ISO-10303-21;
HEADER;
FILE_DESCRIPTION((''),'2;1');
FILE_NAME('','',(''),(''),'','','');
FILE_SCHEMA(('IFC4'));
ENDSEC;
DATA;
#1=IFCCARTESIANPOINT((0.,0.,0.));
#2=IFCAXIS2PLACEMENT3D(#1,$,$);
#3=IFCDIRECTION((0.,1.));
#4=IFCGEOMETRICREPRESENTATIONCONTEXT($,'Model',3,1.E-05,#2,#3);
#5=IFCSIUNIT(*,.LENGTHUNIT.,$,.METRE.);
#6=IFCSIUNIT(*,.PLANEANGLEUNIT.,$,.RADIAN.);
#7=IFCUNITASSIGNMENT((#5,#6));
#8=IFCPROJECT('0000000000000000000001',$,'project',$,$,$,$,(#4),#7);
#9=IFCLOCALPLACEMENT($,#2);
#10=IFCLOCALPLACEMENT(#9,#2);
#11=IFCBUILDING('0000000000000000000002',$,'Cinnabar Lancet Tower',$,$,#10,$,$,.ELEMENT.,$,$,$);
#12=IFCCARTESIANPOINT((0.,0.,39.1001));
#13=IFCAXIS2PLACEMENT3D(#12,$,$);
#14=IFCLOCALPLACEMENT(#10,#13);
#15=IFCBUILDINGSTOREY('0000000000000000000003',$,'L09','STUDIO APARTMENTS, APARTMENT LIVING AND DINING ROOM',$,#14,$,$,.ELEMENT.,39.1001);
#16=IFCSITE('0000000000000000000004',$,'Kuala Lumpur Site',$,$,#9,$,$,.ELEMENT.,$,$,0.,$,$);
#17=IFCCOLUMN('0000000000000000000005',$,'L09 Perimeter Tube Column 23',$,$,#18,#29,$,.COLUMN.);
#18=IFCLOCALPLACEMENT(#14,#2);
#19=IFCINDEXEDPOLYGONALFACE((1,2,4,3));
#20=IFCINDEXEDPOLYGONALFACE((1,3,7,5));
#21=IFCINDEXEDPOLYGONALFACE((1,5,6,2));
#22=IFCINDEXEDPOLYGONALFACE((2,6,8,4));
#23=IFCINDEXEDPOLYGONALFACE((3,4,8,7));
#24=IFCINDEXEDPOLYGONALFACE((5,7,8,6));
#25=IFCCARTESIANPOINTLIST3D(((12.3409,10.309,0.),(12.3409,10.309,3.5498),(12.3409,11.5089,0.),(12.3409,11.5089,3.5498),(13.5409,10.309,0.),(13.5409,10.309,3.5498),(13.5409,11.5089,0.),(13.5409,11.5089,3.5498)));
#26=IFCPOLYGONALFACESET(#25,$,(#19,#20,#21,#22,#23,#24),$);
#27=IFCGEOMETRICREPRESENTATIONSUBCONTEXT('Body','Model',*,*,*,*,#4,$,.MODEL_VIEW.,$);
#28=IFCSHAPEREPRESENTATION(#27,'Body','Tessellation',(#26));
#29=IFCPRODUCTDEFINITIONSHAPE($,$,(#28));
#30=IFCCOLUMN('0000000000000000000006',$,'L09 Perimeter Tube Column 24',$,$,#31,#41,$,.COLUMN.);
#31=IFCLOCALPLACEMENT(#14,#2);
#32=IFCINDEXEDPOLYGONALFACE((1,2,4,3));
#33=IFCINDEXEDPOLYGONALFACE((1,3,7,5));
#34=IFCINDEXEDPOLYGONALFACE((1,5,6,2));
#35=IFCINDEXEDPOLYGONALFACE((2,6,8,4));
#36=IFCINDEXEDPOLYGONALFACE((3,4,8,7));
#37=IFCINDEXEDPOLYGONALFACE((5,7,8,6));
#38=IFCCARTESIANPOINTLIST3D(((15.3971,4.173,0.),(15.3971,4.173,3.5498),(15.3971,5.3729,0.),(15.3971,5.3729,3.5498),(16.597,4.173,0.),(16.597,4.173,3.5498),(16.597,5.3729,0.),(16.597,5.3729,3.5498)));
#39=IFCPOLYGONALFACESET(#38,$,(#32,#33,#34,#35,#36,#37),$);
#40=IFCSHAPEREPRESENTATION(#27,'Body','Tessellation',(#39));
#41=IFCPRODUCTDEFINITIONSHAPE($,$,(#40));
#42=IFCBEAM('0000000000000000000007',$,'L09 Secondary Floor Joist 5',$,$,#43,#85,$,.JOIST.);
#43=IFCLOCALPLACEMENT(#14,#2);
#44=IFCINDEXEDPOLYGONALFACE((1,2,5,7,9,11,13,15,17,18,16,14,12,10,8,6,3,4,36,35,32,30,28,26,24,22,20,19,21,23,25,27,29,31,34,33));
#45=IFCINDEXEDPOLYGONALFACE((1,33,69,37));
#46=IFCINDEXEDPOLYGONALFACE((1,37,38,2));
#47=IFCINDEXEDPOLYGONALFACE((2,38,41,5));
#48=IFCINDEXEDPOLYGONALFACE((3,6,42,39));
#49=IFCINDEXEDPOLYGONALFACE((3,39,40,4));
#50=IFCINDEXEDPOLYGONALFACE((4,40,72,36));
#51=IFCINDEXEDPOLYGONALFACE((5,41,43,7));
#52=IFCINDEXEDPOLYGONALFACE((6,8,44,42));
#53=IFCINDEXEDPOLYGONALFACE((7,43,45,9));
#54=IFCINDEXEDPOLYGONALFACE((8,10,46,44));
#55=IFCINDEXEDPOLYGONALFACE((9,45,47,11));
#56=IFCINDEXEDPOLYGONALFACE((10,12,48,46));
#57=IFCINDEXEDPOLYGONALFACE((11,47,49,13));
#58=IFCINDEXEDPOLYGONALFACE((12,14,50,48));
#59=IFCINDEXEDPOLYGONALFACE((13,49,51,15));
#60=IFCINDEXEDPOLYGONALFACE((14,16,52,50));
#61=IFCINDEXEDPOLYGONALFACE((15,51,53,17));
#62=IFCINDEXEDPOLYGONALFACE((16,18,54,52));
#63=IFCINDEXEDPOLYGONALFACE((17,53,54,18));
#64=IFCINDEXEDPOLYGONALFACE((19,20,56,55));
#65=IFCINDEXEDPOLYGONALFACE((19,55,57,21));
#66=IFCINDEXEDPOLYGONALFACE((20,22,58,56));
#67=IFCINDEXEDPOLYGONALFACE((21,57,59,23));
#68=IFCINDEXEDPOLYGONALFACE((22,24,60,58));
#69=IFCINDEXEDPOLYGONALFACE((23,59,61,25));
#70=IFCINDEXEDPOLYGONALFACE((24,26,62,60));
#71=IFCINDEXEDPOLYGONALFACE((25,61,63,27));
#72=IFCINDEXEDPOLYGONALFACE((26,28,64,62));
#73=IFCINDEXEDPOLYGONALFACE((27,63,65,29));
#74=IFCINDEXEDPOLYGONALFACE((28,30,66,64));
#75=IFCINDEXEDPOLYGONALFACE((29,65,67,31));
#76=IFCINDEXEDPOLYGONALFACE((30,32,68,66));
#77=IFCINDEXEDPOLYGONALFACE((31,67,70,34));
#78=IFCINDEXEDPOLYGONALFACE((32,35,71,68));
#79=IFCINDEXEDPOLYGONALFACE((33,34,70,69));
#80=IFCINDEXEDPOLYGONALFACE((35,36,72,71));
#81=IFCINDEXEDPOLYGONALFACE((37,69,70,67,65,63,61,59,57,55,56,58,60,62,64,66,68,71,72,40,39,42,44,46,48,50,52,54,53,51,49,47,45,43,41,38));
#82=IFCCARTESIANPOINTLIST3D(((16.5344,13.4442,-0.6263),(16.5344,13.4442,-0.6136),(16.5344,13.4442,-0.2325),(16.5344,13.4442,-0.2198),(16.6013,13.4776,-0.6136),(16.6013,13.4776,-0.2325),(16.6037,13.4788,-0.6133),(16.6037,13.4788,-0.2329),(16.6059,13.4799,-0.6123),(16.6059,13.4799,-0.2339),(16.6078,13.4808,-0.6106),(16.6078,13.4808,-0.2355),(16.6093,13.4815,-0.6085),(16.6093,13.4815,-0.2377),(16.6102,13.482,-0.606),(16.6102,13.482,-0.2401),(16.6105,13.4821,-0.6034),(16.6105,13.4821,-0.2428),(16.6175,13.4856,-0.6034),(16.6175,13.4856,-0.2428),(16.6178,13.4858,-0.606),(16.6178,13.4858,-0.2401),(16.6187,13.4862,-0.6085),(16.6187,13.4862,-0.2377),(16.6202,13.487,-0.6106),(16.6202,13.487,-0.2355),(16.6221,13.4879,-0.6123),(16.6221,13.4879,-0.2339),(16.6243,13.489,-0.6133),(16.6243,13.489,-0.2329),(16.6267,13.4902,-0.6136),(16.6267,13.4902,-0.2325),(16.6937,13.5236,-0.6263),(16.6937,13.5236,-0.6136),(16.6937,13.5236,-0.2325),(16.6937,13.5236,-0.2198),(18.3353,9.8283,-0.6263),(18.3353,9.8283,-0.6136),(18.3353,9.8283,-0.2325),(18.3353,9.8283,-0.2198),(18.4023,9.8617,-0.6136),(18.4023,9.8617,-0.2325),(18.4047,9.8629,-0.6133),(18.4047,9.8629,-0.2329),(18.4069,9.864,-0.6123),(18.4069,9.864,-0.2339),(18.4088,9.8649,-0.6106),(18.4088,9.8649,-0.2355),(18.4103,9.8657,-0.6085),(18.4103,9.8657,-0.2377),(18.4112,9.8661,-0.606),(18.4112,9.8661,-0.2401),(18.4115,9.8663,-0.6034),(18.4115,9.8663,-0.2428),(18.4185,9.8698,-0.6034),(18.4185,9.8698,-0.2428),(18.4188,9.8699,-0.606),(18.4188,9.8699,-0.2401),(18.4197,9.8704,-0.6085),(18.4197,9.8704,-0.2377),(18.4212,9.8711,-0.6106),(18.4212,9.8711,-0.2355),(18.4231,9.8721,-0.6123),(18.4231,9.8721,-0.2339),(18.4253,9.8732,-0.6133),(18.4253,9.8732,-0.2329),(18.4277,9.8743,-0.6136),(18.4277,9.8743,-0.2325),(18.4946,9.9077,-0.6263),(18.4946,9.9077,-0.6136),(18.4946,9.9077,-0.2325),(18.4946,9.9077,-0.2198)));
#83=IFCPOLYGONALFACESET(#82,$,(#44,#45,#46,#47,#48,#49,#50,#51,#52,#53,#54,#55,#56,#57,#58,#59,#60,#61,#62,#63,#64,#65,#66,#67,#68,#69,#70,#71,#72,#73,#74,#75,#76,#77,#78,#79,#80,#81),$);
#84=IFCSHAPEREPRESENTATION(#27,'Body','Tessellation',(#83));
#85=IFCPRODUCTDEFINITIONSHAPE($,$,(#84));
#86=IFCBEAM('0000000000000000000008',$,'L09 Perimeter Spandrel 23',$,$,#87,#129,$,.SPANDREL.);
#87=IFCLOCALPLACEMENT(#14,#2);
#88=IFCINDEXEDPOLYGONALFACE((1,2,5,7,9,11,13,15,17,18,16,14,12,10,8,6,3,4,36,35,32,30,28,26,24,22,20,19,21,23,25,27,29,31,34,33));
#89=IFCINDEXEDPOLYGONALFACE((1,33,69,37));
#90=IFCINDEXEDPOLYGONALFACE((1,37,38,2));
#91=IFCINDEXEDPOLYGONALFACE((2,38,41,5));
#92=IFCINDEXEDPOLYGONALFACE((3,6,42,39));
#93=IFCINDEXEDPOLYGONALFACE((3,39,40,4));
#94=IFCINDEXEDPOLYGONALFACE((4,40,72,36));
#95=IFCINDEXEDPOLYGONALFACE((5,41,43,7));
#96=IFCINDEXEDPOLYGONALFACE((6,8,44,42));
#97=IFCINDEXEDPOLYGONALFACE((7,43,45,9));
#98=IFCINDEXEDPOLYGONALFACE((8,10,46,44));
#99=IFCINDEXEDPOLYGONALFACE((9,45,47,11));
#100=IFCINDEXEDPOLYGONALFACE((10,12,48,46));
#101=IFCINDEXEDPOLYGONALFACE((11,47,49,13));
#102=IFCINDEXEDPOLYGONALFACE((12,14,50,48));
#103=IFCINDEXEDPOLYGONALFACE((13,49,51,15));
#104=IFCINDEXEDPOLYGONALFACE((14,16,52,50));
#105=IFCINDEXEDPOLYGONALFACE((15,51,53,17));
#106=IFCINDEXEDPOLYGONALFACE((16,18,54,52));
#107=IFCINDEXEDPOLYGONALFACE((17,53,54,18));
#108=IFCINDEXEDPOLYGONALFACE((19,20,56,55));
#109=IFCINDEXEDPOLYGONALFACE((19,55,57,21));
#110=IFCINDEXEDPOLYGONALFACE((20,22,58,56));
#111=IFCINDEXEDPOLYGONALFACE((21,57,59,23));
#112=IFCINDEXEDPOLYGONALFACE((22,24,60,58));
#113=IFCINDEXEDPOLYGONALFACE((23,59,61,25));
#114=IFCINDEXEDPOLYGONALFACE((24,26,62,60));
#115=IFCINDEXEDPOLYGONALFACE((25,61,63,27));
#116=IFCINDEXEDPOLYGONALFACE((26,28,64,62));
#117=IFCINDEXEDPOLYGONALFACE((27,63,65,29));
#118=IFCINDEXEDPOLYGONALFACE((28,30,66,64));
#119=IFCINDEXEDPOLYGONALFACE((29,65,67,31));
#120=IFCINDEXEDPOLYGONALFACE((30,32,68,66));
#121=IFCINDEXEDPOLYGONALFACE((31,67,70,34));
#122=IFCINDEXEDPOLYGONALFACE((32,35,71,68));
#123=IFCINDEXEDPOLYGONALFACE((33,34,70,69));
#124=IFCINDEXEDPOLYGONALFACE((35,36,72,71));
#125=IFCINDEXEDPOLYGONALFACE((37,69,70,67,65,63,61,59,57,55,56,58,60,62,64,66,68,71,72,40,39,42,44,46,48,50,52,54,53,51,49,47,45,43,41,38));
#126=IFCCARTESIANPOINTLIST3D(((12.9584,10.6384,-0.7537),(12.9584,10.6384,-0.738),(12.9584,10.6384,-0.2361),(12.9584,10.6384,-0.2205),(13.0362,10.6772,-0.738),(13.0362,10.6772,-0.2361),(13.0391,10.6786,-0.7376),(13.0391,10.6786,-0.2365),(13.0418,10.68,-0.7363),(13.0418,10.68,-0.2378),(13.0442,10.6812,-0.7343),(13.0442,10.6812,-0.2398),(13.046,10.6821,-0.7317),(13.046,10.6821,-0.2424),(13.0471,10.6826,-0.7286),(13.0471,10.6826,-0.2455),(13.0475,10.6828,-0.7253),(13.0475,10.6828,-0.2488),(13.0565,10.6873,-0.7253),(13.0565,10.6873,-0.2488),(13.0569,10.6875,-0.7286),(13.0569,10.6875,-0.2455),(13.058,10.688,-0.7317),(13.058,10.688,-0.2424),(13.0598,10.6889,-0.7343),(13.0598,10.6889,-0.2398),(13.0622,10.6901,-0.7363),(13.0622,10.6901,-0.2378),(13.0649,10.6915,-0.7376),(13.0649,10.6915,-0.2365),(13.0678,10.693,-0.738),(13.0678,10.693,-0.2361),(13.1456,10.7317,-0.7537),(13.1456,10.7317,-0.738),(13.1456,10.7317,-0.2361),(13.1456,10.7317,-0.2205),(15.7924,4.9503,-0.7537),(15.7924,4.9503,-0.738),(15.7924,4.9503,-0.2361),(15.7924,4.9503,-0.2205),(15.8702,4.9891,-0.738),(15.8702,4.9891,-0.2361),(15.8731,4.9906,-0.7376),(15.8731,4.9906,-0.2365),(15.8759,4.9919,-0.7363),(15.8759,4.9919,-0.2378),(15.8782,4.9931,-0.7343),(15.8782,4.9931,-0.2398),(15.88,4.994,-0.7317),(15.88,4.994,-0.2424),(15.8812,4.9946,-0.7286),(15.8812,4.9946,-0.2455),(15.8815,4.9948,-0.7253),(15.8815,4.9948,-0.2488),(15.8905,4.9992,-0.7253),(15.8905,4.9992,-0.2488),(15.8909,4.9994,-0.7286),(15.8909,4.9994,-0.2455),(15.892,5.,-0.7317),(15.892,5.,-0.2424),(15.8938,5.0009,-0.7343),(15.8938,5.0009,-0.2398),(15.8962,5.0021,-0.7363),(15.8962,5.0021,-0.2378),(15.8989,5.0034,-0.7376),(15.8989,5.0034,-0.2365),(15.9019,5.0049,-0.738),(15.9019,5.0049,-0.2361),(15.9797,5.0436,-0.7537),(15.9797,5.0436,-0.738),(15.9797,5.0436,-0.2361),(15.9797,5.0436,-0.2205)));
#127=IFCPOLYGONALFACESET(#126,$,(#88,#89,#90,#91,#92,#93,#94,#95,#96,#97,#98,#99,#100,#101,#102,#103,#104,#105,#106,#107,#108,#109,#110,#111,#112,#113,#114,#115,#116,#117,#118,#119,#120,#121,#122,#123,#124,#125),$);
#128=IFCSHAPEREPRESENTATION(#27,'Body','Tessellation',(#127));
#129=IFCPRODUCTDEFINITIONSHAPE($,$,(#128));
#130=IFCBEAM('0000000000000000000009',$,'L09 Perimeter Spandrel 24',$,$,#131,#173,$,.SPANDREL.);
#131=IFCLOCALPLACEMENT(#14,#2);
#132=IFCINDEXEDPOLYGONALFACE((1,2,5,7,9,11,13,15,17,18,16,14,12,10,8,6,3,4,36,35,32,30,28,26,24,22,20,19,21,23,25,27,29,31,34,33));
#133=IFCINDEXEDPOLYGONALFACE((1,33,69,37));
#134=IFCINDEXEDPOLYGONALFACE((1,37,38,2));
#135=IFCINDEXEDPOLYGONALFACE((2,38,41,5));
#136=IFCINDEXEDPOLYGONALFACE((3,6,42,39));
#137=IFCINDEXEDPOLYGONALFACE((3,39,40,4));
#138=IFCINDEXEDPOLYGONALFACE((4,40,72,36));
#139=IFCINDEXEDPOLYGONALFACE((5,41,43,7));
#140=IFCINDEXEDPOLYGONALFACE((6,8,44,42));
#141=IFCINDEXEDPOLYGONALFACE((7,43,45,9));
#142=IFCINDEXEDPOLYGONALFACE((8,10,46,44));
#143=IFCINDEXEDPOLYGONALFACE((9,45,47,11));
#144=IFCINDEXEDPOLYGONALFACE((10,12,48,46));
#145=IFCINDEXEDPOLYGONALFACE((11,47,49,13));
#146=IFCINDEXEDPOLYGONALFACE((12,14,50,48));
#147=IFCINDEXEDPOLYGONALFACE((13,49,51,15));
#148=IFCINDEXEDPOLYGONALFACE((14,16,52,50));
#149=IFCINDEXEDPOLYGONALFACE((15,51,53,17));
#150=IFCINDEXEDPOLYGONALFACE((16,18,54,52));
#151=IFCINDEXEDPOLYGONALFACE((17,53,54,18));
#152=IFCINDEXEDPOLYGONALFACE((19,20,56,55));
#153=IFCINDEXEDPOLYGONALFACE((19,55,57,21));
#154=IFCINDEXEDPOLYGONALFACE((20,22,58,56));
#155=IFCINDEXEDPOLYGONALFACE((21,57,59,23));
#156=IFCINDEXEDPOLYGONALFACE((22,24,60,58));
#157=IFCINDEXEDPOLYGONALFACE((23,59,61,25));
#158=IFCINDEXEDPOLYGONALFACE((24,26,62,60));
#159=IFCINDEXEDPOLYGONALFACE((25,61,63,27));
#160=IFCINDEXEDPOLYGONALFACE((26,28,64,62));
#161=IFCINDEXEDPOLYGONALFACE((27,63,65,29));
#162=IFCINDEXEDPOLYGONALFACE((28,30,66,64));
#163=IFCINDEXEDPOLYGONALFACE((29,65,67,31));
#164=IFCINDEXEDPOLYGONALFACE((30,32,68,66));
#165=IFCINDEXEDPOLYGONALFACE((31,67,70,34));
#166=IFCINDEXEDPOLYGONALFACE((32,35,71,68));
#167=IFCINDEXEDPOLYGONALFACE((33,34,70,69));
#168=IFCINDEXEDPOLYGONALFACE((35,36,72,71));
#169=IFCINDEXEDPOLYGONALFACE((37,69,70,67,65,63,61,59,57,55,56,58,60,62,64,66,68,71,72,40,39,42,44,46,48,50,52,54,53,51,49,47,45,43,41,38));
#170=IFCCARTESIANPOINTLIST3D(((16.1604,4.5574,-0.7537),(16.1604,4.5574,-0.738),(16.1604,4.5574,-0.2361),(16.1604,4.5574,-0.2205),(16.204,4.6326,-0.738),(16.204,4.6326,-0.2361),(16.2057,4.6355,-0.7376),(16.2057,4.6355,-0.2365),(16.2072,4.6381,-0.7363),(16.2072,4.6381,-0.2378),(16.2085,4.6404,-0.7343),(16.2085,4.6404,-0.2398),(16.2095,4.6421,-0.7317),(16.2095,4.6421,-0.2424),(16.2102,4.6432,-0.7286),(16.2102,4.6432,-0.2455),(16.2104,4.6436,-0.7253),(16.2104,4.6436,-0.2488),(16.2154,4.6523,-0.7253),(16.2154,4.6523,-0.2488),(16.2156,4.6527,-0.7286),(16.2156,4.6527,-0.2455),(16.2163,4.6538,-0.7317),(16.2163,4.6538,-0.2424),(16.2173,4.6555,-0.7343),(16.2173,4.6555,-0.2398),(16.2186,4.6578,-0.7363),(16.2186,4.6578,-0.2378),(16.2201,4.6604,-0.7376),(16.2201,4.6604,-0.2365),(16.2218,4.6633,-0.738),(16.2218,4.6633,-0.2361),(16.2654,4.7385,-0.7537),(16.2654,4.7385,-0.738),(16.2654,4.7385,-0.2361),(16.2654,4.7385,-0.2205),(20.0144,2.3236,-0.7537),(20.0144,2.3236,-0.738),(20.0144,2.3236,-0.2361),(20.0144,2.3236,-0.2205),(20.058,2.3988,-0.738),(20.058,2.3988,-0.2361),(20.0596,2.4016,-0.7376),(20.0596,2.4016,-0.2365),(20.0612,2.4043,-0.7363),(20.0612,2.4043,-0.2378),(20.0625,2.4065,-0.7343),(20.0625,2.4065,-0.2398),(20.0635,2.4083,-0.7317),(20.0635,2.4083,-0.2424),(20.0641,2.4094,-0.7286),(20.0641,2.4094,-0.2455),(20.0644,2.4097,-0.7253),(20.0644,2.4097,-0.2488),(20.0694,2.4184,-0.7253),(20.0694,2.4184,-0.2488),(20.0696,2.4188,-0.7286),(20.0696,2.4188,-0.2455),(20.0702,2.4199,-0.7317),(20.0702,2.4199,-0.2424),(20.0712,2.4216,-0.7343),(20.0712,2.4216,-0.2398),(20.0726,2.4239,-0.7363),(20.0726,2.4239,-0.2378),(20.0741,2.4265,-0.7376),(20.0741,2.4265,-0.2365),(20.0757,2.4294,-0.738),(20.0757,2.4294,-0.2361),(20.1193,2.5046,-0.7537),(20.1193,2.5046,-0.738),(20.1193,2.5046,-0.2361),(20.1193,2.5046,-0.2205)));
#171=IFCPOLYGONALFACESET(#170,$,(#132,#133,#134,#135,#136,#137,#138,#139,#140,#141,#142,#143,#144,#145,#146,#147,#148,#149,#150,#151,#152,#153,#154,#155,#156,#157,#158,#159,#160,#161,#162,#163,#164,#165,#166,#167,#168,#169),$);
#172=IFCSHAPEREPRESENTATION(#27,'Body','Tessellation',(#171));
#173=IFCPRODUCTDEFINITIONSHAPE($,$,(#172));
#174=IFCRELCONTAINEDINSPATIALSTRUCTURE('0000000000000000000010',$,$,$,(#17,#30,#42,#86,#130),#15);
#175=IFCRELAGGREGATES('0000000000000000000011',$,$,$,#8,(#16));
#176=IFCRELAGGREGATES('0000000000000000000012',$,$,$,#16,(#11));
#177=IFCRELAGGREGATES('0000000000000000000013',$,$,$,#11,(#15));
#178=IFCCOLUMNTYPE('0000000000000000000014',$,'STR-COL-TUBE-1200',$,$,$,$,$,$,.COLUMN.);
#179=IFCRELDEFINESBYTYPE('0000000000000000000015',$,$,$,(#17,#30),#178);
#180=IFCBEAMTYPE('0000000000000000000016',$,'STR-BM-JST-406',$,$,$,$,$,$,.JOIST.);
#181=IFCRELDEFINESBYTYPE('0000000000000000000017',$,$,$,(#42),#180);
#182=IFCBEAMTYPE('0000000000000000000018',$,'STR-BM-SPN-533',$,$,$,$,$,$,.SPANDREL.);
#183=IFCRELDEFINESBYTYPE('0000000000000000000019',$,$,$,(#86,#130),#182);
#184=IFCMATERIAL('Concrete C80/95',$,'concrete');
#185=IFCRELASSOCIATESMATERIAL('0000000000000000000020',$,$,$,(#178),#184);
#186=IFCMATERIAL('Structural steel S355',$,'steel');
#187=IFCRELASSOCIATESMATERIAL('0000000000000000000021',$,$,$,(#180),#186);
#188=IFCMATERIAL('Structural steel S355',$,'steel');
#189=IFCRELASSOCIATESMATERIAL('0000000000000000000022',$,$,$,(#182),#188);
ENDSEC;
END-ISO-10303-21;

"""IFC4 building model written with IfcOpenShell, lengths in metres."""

from ifc_helpers import new_model, si_unit, direction, frame, origin, origin_2d, place, context, subcontext, project, spatial, rectangle, i_section, extrude, material, material_profile, profile_set, type_object, element, save


model = new_model("IFC4")

# Units and contexts
model_context = context("Model", 3, precision=1e-05, world=origin(), true_north=direction((0.0, 1.0)))
body_context = subcontext(model_context, "Body", "Model", "MODEL_VIEW")
ifc_project = project(units=[si_unit("LENGTHUNIT", "METRE"), si_unit("PLANEANGLEUNIT", "RADIAN")], contexts=[model_context])

# Site, building, storey
site_placement = place(None, origin())
site = spatial("IfcSite", under=ifc_project, at=site_placement, Name="Kuala Lumpur Site", CompositionType="ELEMENT", RefElevation=0.0)
building_placement = place(site_placement, origin())
building = spatial("IfcBuilding", under=site, at=building_placement, Name="Cinnabar Lancet Tower", CompositionType="ELEMENT")
storey_placement = place(building_placement, frame((0.0, 0.0, 39.1001)))
storey = spatial("IfcBuildingStorey", under=building, at=storey_placement, Name="L09", Description="STUDIO APARTMENTS, APARTMENT LIVING AND DINING ROOM", CompositionType="ELEMENT", Elevation=39.1001)

# Columns
ifc_material_1 = material(Name="Concrete C80/95", Category="concrete")
ifc_material_profile_1 = material_profile(ifc_material_1, rectangle(XDim=1.2, YDim=1.2, at=origin_2d()), Name="RC-COL 1200x1200")
ifc_profile_set_1 = profile_set([ifc_material_profile_1], Name="Concrete C80/95")
column_type = type_object("IfcColumnType", Name="STR-COL-TUBE-1200", PredefinedType="COLUMN", material=ifc_profile_set_1)
for number, where, z_axis, x_axis, name in (
    (1, (12.9409, 10.9089, 0.0), (0.0, 0.0, 1.0), (1.0, 0.0, 0.0), "L09 Perimeter Tube Column 23"),
    (2, (15.9971, 4.7729, 0.0), (0.0, 0.0, 1.0), (1.0, 0.0, 0.0), "L09 Perimeter Tube Column 24"),
):
    element("IfcColumn", number, at=place(storey_placement, frame(where, z_axis=z_axis, x_axis=x_axis)), inside=storey, type_object=column_type, Name=name, PredefinedType="COLUMN", context=body_context, shape_type="SweptSolid", body=[
        extrude(rectangle(XDim=1.2, YDim=1.2, at=origin_2d()), origin(), (0.0, 0.0, 1.0), 3.5498),
    ])

# Beams
ifc_material_2 = material(Name="Structural steel S355", Category="steel")
ifc_material_profile_2 = material_profile(ifc_material_2, i_section(OverallWidth=0.178, OverallDepth=0.4065, WebThickness=0.0078, FlangeThickness=0.0127, FilletRadius=0.0103, at=origin_2d()), Name="UKB 406x178x60")
ifc_profile_set_2 = profile_set([ifc_material_profile_2], Name="Structural steel S355")
beam_type_1 = type_object("IfcBeamType", Name="STR-BM-JST-406", PredefinedType="JOIST", material=ifc_profile_set_2)
beam_1_placement = place(storey_placement, frame((16.614, 13.4839, -0.4231), z_axis=(0.445835, -0.895115, 0.0), x_axis=(0.895115, 0.445835, 0.0)))
element("IfcBeam", 3, at=beam_1_placement, inside=storey, type_object=beam_type_1, Name="L09 Secondary Floor Joist 5", PredefinedType="JOIST", context=body_context, shape_type="SweptSolid", body=[
    extrude(i_section(OverallWidth=0.178, OverallDepth=0.4065, WebThickness=0.0078, FlangeThickness=0.0127, FilletRadius=0.0103, at=origin_2d()), origin(), (0.0, 0.0, 1.0), 4.0396),
])
ifc_material_3 = material(Name="Structural steel S355", Category="steel")
ifc_material_profile_3 = material_profile(ifc_material_3, i_section(OverallWidth=0.2092, OverallDepth=0.5332, WebThickness=0.01, FlangeThickness=0.0156, FilletRadius=0.0127, at=origin_2d()), Name="UKB 533x210x92")
ifc_profile_set_3 = profile_set([ifc_material_profile_3], Name="Structural steel S355")
beam_type_2 = type_object("IfcBeamType", Name="STR-BM-SPN-533", PredefinedType="SPANDREL", material=ifc_profile_set_3)
beam_2_placement = place(storey_placement, frame((13.052, 10.6851, -0.4871), z_axis=(0.445953, -0.895056, 0.0), x_axis=(0.895056, 0.445953, 0.0)))
element("IfcBeam", 4, at=beam_2_placement, inside=storey, type_object=beam_type_2, Name="L09 Perimeter Spandrel 23", PredefinedType="SPANDREL", context=body_context, shape_type="SweptSolid", body=[
    extrude(i_section(OverallWidth=0.2092, OverallDepth=0.5332, WebThickness=0.01, FlangeThickness=0.0156, FilletRadius=0.0127, at=origin_2d()), origin(), (0.0, 0.0, 1.0), 6.355),
])
beam_3_placement = place(storey_placement, frame((16.2129, 4.6479, -0.4871), z_axis=(0.865171, -0.501477, 0.0), x_axis=(0.501477, 0.865171, 0.0)))
element("IfcBeam", 5, at=beam_3_placement, inside=storey, type_object=beam_type_2, Name="L09 Perimeter Spandrel 24", PredefinedType="SPANDREL", context=body_context, shape_type="SweptSolid", body=[
    extrude(i_section(OverallWidth=0.2092, OverallDepth=0.5332, WebThickness=0.01, FlangeThickness=0.0156, FilletRadius=0.0127, at=origin_2d()), origin(), (0.0, 0.0, 1.0), 4.4546),
])

save(model, "model.ifc")
